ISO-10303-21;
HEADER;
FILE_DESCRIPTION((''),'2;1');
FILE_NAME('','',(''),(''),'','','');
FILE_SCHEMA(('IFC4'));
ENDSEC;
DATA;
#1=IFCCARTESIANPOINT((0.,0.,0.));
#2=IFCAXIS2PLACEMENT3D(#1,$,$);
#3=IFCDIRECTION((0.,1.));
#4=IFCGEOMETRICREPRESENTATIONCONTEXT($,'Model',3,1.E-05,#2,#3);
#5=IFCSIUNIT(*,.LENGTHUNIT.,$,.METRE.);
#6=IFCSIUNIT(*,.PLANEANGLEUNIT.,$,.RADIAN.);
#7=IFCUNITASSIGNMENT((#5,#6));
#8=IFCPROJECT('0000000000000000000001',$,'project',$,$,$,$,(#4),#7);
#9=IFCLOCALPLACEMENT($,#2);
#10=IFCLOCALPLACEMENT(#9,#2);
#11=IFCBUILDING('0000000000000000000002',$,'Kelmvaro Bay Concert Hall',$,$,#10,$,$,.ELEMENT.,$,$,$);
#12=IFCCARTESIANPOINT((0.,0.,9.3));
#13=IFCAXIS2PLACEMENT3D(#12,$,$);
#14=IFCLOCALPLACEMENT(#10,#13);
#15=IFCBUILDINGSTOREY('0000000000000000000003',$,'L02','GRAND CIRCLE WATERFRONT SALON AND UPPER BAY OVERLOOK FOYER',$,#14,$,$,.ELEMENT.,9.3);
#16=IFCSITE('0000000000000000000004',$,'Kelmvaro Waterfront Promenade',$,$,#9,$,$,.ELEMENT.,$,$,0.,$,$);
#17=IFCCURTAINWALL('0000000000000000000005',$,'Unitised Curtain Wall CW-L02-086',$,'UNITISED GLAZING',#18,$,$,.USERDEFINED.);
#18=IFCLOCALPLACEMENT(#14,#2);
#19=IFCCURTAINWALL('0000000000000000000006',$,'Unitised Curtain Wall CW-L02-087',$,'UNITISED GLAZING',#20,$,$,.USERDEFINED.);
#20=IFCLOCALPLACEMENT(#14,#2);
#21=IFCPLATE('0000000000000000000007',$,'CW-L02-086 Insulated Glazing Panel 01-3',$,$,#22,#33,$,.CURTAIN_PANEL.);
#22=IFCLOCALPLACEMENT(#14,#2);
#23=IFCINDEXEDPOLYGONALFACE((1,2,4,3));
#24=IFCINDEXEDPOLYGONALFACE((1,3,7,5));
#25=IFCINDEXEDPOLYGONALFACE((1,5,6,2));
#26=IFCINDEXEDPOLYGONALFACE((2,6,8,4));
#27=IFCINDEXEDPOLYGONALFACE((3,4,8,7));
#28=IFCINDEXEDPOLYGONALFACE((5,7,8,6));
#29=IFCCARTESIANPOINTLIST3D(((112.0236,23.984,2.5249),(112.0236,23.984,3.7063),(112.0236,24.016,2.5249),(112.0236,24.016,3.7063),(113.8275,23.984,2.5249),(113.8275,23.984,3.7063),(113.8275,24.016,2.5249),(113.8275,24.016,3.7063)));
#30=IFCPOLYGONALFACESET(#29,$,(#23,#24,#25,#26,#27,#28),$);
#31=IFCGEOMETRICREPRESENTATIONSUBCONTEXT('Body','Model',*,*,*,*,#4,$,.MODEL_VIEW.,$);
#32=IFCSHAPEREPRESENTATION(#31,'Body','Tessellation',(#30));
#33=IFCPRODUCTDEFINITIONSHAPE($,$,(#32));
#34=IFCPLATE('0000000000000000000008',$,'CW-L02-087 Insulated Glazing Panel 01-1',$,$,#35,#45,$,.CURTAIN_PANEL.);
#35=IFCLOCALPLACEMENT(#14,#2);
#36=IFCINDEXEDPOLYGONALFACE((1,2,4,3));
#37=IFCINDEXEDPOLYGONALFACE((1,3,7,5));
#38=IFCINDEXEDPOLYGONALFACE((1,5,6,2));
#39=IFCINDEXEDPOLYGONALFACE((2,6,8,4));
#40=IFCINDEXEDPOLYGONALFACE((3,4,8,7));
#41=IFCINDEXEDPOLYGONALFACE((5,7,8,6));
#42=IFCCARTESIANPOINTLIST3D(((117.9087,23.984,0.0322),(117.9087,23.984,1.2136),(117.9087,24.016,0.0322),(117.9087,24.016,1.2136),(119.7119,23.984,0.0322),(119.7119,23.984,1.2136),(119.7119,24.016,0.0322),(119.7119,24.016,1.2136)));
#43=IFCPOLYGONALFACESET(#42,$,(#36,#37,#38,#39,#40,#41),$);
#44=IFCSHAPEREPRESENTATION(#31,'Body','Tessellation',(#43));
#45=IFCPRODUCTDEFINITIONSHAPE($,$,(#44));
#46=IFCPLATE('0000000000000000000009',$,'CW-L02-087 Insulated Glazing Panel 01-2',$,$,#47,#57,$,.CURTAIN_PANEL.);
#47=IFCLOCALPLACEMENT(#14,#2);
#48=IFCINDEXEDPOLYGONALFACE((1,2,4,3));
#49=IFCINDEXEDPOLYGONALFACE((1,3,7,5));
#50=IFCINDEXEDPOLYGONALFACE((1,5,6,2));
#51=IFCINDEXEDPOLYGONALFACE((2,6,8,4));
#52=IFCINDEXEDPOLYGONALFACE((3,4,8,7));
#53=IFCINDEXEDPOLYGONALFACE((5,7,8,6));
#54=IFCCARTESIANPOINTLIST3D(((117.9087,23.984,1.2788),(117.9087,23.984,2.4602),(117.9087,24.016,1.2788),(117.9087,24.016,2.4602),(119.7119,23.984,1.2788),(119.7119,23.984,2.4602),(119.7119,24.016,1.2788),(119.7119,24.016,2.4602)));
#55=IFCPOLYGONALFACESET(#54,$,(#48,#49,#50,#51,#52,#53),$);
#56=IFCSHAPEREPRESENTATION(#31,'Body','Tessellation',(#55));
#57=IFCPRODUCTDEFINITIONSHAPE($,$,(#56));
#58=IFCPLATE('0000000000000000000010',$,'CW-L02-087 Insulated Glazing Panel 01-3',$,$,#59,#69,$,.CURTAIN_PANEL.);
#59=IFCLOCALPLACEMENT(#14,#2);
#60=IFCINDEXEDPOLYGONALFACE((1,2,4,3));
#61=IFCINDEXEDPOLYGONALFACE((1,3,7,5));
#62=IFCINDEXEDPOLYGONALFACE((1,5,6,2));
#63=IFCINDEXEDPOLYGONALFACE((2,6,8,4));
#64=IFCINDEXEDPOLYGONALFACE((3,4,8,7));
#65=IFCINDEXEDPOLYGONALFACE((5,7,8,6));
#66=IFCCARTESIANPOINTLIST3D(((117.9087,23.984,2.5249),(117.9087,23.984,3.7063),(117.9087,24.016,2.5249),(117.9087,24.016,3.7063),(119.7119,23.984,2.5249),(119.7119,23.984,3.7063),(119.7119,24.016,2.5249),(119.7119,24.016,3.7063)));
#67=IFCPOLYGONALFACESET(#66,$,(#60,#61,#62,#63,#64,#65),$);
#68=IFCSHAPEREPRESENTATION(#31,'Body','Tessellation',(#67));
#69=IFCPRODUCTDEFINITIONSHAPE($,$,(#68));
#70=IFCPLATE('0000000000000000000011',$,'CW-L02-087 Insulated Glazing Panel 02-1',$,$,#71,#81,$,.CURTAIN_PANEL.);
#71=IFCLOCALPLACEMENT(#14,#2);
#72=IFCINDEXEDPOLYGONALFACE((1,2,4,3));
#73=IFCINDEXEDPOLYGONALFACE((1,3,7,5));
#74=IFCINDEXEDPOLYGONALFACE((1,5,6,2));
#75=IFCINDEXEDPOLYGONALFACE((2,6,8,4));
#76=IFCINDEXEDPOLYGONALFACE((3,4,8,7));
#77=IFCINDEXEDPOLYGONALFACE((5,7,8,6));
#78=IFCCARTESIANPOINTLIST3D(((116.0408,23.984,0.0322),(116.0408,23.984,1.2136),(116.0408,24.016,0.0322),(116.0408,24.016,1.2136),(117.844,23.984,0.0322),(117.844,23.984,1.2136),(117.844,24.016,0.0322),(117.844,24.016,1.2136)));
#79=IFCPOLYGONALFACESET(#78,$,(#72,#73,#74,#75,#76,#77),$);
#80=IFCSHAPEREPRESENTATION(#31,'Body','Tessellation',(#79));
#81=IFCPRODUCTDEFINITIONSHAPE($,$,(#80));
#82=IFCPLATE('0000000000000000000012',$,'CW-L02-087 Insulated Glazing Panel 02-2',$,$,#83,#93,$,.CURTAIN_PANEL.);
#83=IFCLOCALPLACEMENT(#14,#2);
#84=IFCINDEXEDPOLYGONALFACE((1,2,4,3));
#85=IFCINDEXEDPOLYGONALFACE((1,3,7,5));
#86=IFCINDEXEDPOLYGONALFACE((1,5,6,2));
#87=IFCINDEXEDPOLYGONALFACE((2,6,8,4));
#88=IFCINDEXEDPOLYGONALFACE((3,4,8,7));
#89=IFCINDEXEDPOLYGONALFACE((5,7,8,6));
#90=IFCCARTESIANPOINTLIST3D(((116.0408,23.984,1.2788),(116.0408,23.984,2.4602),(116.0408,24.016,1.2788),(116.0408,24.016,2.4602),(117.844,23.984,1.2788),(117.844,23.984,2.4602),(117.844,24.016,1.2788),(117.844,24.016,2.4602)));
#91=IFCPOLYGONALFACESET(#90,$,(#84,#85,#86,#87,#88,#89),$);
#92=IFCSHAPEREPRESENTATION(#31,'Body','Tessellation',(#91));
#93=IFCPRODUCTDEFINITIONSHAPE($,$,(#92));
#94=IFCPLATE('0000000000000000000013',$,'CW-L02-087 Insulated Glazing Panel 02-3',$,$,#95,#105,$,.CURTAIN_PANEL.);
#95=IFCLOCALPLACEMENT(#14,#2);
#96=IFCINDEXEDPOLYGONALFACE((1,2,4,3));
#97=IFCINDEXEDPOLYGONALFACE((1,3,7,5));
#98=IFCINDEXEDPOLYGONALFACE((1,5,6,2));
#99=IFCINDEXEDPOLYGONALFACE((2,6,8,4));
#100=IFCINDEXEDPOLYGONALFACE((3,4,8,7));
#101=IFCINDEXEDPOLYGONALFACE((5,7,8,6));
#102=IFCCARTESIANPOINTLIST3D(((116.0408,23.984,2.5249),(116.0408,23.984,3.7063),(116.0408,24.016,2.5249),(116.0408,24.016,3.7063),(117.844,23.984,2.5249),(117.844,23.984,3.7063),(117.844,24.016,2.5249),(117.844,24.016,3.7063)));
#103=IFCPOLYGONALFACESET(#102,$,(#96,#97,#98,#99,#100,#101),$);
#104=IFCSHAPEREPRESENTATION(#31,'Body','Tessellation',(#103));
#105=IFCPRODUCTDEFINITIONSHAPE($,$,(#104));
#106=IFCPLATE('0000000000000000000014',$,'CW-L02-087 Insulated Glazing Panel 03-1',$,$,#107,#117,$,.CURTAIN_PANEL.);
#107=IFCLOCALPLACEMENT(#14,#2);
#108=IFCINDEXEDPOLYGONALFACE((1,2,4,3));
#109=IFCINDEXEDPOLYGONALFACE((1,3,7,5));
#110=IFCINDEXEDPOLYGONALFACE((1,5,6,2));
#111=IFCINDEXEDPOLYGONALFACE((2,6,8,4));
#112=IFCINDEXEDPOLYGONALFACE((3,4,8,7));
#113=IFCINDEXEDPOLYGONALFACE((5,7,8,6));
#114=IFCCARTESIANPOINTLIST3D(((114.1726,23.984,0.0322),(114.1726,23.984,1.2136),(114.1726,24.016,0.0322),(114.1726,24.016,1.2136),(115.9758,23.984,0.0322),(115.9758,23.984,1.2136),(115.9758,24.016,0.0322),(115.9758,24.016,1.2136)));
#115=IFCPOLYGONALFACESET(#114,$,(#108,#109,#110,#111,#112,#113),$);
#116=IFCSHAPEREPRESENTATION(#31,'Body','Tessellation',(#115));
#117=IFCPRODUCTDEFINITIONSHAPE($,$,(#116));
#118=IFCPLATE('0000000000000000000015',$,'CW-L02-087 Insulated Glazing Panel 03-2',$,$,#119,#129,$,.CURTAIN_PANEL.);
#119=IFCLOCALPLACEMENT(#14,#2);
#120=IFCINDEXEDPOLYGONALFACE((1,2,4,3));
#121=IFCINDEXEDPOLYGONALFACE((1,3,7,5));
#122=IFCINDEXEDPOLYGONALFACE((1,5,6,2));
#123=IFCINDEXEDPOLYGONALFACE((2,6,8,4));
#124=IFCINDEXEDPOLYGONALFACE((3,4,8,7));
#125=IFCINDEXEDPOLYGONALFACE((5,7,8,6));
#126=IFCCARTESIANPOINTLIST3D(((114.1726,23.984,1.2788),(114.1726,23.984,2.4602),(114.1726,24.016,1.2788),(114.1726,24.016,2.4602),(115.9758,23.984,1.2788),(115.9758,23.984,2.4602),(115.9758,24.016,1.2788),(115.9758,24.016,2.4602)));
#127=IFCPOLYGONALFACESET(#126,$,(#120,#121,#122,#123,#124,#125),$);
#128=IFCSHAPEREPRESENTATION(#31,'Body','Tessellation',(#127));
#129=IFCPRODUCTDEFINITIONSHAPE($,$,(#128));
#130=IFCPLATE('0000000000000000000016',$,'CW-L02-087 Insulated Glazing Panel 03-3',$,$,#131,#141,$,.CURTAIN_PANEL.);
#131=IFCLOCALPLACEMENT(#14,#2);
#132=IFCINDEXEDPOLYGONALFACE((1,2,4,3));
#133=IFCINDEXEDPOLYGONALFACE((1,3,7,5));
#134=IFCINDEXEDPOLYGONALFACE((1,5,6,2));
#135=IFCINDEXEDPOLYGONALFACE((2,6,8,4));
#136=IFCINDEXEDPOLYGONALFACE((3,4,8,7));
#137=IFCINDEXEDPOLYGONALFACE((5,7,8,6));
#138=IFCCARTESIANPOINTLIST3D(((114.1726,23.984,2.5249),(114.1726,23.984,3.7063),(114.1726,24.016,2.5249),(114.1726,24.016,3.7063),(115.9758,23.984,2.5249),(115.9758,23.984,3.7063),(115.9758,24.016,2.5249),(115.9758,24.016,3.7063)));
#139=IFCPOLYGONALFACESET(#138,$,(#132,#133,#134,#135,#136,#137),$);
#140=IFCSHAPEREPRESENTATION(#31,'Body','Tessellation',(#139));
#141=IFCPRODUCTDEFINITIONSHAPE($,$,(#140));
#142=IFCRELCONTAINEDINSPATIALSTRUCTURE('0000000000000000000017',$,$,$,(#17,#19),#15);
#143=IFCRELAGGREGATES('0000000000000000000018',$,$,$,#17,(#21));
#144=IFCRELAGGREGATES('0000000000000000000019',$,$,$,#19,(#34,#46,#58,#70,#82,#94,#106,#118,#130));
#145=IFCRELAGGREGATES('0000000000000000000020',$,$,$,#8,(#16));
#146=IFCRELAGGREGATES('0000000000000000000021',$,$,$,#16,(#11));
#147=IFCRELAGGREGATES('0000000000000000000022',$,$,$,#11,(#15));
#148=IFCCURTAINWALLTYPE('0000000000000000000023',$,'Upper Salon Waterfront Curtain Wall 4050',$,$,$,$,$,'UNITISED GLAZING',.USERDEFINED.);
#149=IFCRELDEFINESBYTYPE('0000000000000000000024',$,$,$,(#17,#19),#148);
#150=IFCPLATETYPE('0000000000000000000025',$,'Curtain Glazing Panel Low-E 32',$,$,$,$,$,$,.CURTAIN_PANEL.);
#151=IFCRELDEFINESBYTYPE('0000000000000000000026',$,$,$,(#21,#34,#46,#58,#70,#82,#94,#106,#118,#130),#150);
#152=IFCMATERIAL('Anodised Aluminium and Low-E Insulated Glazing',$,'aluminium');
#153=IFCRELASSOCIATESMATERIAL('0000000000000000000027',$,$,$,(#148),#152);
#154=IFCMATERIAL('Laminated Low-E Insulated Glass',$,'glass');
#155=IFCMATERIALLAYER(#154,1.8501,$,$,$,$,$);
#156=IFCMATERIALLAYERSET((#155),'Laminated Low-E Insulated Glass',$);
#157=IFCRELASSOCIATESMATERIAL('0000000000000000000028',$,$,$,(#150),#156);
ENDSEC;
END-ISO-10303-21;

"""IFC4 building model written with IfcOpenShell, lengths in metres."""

from ifc_helpers import new_model, si_unit, direction, frame, origin, origin_2d, place, context, subcontext, project, spatial, rectangle, extrude, material, layer, layer_set, type_object, element, aggregate, save


model = new_model("IFC4")

# Units and contexts
model_context = context("Model", 3, precision=1e-05, world=origin(), true_north=direction((0.0, 1.0)))
body_context = subcontext(model_context, "Body", "Model", "MODEL_VIEW")
ifc_project = project(units=[si_unit("LENGTHUNIT", "METRE"), si_unit("PLANEANGLEUNIT", "RADIAN")], contexts=[model_context])

# Site, building, storey
site_placement = place(None, origin())
site = spatial("IfcSite", under=ifc_project, at=site_placement, Name="Kelmvaro Waterfront Promenade", CompositionType="ELEMENT", RefElevation=0.0)
building_placement = place(site_placement, origin())
building = spatial("IfcBuilding", under=site, at=building_placement, Name="Kelmvaro Bay Concert Hall", CompositionType="ELEMENT")
storey_placement = place(building_placement, frame((0.0, 0.0, 9.3)))
storey = spatial("IfcBuildingStorey", under=building, at=storey_placement, Name="L02", Description="GRAND CIRCLE WATERFRONT SALON AND UPPER BAY OVERLOOK FOYER", CompositionType="ELEMENT", Elevation=9.3)

# Curtain wall
ifc_material_1 = material(Name="Anodised Aluminium and Low-E Insulated Glazing", Category="aluminium")
curtain_wall_type = type_object("IfcCurtainWallType", Name="Upper Salon Waterfront Curtain Wall 4050", ElementType="UNITISED GLAZING", PredefinedType="USERDEFINED", material=ifc_material_1)
curtain_wall_1_placement = place(storey_placement, origin())
curtain_wall_1 = element("IfcCurtainWall", 1, at=curtain_wall_1_placement, inside=storey, type_object=curtain_wall_type, Name="Unitised Curtain Wall CW-L02-086", ObjectType="UNITISED GLAZING", PredefinedType="USERDEFINED")

# Curtain wall
curtain_wall_2_placement = place(storey_placement, origin())
curtain_wall_2 = element("IfcCurtainWall", 2, at=curtain_wall_2_placement, inside=storey, type_object=curtain_wall_type, Name="Unitised Curtain Wall CW-L02-087", ObjectType="UNITISED GLAZING", PredefinedType="USERDEFINED")

# Plates
ifc_material_2 = material(Name="Laminated Low-E Insulated Glass", Category="glass")
ifc_layer = layer(ifc_material_2, 1.8501)
ifc_layer_set = layer_set([ifc_layer], Name="Laminated Low-E Insulated Glass")
plate_type = type_object("IfcPlateType", Name="Curtain Glazing Panel Low-E 32", PredefinedType="CURTAIN_PANEL", material=ifc_layer_set)
plate_1_placement = place(storey_placement, frame((112.9255, 24.0, 2.5249), z_axis=(0.0, 0.0, 1.0), x_axis=(-1.0, 0.0, 0.0)))
plate_1 = element("IfcPlate", 3, at=plate_1_placement, type_object=plate_type, Name="CW-L02-086 Insulated Glazing Panel 01-3", PredefinedType="CURTAIN_PANEL", context=body_context, shape_type="SweptSolid", body=[
    extrude(rectangle(XDim=1.804, YDim=0.032, at=origin_2d()), origin(), (0.0, 0.0, 1.0), 1.1814),
])
aggregate(curtain_wall_1, [plate_1])
plate_2_placement = place(storey_placement, frame((118.8103, 24.0, 0.0322), z_axis=(0.0, 0.0, 1.0), x_axis=(-1.0, 0.0, 0.0)))
plate_2 = element("IfcPlate", 4, at=plate_2_placement, type_object=plate_type, Name="CW-L02-087 Insulated Glazing Panel 01-1", PredefinedType="CURTAIN_PANEL", context=body_context, shape_type="SweptSolid", body=[
    extrude(rectangle(XDim=1.8032, YDim=0.032, at=origin_2d()), origin(), (0.0, 0.0, 1.0), 1.1814),
])
plate_3_placement = place(storey_placement, frame((118.8103, 24.0, 1.2788), z_axis=(0.0, 0.0, 1.0), x_axis=(-1.0, 0.0, 0.0)))
plate_3 = element("IfcPlate", 5, at=plate_3_placement, type_object=plate_type, Name="CW-L02-087 Insulated Glazing Panel 01-2", PredefinedType="CURTAIN_PANEL", context=body_context, shape_type="SweptSolid", body=[
    extrude(rectangle(XDim=1.8032, YDim=0.032, at=origin_2d()), origin(), (0.0, 0.0, 1.0), 1.1814),
])
plate_4_placement = place(storey_placement, frame((118.8103, 24.0, 2.5249), z_axis=(0.0, 0.0, 1.0), x_axis=(-1.0, 0.0, 0.0)))
plate_4 = element("IfcPlate", 6, at=plate_4_placement, type_object=plate_type, Name="CW-L02-087 Insulated Glazing Panel 01-3", PredefinedType="CURTAIN_PANEL", context=body_context, shape_type="SweptSolid", body=[
    extrude(rectangle(XDim=1.8032, YDim=0.032, at=origin_2d()), origin(), (0.0, 0.0, 1.0), 1.1814),
])
plate_5_placement = place(storey_placement, frame((116.9424, 24.0, 0.0322), z_axis=(0.0, 0.0, 1.0), x_axis=(-1.0, 0.0, 0.0)))
plate_5 = element("IfcPlate", 7, at=plate_5_placement, type_object=plate_type, Name="CW-L02-087 Insulated Glazing Panel 02-1", PredefinedType="CURTAIN_PANEL", context=body_context, shape_type="SweptSolid", body=[
    extrude(rectangle(XDim=1.8032, YDim=0.032, at=origin_2d()), origin(), (0.0, 0.0, 1.0), 1.1814),
])
plate_6_placement = place(storey_placement, frame((116.9424, 24.0, 1.2788), z_axis=(0.0, 0.0, 1.0), x_axis=(-1.0, 0.0, 0.0)))
plate_6 = element("IfcPlate", 8, at=plate_6_placement, type_object=plate_type, Name="CW-L02-087 Insulated Glazing Panel 02-2", PredefinedType="CURTAIN_PANEL", context=body_context, shape_type="SweptSolid", body=[
    extrude(rectangle(XDim=1.8032, YDim=0.032, at=origin_2d()), origin(), (0.0, 0.0, 1.0), 1.1814),
])
plate_7_placement = place(storey_placement, frame((116.9424, 24.0, 2.5249), z_axis=(0.0, 0.0, 1.0), x_axis=(-1.0, 0.0, 0.0)))
plate_7 = element("IfcPlate", 9, at=plate_7_placement, type_object=plate_type, Name="CW-L02-087 Insulated Glazing Panel 02-3", PredefinedType="CURTAIN_PANEL", context=body_context, shape_type="SweptSolid", body=[
    extrude(rectangle(XDim=1.8032, YDim=0.032, at=origin_2d()), origin(), (0.0, 0.0, 1.0), 1.1814),
])
plate_8_placement = place(storey_placement, frame((115.0742, 24.0, 0.0322), z_axis=(0.0, 0.0, 1.0), x_axis=(-1.0, 0.0, 0.0)))
plate_8 = element("IfcPlate", 10, at=plate_8_placement, type_object=plate_type, Name="CW-L02-087 Insulated Glazing Panel 03-1", PredefinedType="CURTAIN_PANEL", context=body_context, shape_type="SweptSolid", body=[
    extrude(rectangle(XDim=1.8032, YDim=0.032, at=origin_2d()), origin(), (0.0, 0.0, 1.0), 1.1814),
])
plate_9_placement = place(storey_placement, frame((115.0742, 24.0, 1.2788), z_axis=(0.0, 0.0, 1.0), x_axis=(-1.0, 0.0, 0.0)))
plate_9 = element("IfcPlate", 11, at=plate_9_placement, type_object=plate_type, Name="CW-L02-087 Insulated Glazing Panel 03-2", PredefinedType="CURTAIN_PANEL", context=body_context, shape_type="SweptSolid", body=[
    extrude(rectangle(XDim=1.8032, YDim=0.032, at=origin_2d()), origin(), (0.0, 0.0, 1.0), 1.1814),
])
plate_10_placement = place(storey_placement, frame((115.0742, 24.0, 2.5249), z_axis=(0.0, 0.0, 1.0), x_axis=(-1.0, 0.0, 0.0)))
plate_10 = element("IfcPlate", 12, at=plate_10_placement, type_object=plate_type, Name="CW-L02-087 Insulated Glazing Panel 03-3", PredefinedType="CURTAIN_PANEL", context=body_context, shape_type="SweptSolid", body=[
    extrude(rectangle(XDim=1.8032, YDim=0.032, at=origin_2d()), origin(), (0.0, 0.0, 1.0), 1.1814),
])
aggregate(curtain_wall_2, [plate_2, plate_3, plate_4, plate_5, plate_6, plate_7, plate_8, plate_9, plate_10])

save(model, "model.ifc")
